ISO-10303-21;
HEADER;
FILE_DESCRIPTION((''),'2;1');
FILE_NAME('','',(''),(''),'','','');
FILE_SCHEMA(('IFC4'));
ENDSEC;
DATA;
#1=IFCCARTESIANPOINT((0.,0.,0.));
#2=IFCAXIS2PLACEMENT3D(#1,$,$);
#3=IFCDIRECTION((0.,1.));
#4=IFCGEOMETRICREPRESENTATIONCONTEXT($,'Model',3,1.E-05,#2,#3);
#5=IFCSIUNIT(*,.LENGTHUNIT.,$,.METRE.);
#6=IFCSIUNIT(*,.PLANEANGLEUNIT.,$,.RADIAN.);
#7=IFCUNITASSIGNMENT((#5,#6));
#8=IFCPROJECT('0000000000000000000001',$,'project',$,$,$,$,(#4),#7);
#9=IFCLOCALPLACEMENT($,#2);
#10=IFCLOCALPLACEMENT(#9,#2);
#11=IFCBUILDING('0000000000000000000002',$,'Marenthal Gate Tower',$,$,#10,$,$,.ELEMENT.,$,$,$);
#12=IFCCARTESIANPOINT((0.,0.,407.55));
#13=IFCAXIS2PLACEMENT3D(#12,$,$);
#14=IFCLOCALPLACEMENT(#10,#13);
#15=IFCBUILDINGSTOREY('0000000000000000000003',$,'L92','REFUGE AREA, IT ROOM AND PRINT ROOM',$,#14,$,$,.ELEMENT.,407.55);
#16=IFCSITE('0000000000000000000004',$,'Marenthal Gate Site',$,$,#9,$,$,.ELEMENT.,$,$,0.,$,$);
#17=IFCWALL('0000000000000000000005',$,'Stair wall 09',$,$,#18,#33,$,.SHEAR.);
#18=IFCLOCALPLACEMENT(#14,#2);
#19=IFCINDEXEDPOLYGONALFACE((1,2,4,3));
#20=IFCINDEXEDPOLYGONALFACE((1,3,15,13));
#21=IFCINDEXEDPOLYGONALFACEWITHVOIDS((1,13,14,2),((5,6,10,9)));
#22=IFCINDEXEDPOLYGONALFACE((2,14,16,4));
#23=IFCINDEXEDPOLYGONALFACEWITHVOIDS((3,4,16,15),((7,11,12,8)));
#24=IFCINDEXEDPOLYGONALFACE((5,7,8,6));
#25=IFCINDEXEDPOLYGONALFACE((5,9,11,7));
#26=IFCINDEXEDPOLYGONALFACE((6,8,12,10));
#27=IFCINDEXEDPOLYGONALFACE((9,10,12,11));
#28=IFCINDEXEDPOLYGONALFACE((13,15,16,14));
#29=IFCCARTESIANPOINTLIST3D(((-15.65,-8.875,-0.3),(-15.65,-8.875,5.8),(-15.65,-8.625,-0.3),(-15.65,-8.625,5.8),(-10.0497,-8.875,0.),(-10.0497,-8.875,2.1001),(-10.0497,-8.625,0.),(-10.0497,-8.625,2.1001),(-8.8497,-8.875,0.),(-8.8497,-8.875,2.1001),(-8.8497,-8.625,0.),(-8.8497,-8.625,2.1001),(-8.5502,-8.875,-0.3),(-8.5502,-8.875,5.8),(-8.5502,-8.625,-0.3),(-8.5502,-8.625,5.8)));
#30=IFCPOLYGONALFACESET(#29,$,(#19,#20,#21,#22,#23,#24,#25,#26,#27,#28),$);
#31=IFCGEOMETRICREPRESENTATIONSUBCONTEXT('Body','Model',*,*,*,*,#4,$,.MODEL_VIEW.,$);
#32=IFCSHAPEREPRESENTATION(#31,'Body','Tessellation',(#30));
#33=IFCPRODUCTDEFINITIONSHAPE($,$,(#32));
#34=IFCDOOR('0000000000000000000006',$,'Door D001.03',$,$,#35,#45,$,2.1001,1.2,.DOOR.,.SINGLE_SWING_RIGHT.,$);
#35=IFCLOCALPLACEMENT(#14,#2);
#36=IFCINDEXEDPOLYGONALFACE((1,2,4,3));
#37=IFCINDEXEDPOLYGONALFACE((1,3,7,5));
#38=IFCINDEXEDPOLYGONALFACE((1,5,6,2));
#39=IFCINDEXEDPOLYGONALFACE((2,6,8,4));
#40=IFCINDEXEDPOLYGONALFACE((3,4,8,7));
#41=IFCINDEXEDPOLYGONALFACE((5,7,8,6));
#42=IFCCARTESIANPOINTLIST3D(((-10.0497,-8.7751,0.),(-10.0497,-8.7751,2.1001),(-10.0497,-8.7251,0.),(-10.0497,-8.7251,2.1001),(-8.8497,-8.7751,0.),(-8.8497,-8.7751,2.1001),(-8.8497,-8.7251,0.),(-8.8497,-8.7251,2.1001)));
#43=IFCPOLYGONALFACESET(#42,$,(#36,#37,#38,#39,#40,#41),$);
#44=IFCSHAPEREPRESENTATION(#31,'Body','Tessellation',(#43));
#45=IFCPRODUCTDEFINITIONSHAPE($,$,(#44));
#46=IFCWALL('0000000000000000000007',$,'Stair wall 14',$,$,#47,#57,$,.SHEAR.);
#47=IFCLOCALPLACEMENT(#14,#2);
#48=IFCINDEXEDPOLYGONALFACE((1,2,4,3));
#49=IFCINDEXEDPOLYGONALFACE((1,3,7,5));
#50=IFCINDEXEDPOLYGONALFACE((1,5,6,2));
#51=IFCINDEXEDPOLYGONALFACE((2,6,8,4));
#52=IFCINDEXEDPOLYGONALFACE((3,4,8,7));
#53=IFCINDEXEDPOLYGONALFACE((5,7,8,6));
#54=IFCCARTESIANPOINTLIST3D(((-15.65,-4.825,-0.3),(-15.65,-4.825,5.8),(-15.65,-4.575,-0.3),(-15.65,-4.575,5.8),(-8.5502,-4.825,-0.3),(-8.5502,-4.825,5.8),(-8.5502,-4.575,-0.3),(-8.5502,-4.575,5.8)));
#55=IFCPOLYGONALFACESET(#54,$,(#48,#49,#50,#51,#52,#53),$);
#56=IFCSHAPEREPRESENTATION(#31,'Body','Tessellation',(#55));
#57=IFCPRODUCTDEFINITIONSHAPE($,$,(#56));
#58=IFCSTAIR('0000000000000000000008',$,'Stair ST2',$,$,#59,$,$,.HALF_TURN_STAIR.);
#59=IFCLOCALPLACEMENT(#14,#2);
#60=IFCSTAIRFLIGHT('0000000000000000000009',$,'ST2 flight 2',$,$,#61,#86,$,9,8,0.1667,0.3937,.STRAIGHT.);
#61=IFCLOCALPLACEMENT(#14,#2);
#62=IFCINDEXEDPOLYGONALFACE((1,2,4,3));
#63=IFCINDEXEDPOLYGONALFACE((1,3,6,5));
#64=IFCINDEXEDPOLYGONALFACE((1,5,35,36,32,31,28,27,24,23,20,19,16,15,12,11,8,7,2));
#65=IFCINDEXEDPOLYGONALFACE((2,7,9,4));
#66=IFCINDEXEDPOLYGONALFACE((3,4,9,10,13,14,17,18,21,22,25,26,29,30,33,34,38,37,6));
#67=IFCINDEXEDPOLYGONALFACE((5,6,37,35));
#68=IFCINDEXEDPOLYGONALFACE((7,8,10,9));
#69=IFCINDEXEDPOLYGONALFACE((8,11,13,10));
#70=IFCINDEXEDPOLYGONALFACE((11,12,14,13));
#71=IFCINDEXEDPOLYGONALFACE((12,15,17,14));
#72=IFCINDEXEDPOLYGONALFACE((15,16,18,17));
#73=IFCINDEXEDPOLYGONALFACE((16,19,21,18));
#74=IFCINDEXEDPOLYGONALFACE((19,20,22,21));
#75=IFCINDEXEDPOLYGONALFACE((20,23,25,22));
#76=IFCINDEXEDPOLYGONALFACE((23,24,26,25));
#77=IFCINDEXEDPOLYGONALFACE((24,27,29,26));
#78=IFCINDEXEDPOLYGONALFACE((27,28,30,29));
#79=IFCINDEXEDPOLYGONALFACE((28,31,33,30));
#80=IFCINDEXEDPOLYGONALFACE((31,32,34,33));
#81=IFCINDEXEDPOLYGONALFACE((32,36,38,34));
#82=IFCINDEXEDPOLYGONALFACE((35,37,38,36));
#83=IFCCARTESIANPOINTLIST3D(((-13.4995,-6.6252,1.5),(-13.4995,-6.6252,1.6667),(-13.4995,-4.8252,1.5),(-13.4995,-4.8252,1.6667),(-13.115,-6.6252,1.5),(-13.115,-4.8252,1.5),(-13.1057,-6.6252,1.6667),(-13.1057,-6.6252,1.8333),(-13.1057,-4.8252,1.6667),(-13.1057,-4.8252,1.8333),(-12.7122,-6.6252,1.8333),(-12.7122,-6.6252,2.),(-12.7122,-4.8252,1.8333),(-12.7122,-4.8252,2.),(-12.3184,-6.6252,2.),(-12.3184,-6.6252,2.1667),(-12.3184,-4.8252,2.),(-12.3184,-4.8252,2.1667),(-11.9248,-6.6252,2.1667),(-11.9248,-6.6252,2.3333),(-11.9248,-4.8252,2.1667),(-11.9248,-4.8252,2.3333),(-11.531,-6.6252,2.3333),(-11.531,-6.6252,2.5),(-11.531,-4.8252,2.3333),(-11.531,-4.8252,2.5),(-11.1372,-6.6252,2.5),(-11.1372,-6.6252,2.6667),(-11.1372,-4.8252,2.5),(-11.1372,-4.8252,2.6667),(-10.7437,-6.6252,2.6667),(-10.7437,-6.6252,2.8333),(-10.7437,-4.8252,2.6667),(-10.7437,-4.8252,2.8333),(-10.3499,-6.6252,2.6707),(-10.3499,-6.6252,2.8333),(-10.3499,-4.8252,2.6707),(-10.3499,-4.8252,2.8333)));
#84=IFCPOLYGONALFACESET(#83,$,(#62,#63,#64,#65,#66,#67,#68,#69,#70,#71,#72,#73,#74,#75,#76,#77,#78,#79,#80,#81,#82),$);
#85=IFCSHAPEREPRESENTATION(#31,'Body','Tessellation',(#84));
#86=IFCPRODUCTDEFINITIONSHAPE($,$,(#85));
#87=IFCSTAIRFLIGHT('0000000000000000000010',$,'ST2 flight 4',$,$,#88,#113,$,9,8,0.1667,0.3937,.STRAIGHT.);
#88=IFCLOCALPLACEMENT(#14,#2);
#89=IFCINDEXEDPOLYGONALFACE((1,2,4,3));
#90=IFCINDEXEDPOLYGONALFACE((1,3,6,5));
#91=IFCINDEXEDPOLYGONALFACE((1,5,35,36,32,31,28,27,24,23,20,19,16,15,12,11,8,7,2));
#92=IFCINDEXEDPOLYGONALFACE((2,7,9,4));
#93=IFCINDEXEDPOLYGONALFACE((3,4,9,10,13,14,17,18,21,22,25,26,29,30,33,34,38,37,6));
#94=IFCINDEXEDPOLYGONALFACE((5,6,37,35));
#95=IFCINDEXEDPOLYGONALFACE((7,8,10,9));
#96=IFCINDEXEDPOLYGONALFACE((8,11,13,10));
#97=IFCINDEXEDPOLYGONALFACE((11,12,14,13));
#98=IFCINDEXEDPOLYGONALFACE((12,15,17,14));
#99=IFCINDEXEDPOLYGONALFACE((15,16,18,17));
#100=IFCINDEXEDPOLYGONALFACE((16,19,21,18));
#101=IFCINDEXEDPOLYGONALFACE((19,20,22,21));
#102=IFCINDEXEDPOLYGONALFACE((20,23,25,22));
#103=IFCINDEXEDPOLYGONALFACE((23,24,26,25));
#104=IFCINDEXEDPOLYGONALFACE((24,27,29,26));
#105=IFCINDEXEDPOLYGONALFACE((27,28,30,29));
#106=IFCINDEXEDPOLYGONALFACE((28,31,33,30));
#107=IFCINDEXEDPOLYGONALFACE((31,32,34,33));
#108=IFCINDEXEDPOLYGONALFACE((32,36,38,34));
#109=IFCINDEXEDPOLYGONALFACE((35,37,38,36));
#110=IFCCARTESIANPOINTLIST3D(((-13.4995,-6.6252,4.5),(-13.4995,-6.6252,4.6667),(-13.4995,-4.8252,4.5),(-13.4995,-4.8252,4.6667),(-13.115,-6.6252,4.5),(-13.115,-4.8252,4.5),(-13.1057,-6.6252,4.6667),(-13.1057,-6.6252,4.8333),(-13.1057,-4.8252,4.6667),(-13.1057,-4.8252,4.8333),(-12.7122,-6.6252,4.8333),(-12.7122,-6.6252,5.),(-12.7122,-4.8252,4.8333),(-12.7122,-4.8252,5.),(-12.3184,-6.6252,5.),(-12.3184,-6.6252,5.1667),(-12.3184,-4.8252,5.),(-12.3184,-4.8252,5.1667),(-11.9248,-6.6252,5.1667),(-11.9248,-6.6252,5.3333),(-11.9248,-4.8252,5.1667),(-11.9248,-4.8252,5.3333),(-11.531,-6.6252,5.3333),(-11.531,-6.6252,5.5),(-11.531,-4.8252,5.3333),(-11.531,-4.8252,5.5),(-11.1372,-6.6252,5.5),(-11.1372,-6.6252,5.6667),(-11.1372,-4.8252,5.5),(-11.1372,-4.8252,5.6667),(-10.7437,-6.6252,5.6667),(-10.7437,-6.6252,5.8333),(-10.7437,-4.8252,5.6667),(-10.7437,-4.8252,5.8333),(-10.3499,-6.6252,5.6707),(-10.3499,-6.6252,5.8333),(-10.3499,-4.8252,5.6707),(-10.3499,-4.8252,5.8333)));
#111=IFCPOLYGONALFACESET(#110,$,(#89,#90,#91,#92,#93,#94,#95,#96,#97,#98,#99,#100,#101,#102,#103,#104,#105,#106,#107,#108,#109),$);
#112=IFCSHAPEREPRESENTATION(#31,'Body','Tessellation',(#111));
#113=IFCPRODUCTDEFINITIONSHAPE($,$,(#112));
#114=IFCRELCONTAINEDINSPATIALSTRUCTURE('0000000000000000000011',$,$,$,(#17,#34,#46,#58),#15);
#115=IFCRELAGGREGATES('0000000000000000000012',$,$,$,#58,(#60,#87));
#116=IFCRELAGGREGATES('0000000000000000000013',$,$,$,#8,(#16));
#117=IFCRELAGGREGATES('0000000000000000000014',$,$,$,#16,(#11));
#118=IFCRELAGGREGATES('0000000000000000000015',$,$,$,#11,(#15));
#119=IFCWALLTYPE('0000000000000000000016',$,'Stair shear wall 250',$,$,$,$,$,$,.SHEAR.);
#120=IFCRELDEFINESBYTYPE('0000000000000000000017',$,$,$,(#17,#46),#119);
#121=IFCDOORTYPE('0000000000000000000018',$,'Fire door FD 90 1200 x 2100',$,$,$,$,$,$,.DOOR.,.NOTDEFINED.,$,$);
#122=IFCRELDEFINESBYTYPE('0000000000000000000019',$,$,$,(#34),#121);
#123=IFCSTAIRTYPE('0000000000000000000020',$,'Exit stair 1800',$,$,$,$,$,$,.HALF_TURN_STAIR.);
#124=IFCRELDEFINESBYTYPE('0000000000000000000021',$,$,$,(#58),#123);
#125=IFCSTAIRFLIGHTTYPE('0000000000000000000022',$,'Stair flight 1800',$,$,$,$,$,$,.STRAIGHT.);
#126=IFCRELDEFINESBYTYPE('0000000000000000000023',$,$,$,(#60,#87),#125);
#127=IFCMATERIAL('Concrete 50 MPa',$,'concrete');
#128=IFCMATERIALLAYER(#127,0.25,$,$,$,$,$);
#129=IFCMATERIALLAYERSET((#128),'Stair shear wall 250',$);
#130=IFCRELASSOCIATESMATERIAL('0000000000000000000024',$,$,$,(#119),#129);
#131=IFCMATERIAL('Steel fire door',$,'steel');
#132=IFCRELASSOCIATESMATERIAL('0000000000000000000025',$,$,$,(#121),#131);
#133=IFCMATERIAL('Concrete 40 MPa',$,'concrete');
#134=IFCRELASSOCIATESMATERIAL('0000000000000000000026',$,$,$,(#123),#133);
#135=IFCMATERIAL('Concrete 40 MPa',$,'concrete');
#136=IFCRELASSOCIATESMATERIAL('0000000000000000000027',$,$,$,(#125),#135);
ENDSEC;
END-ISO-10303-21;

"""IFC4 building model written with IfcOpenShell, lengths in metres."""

from ifc_helpers import new_model, si_unit, direction, frame, frame_2d, origin, place, context, subcontext, project, spatial, polyline, rectangle, outline, extrude, material, layer, layer_set, type_object, element, fill, aggregate, save


model = new_model("IFC4")

# Units and contexts
model_context = context("Model", 3, precision=1e-05, world=origin(), true_north=direction((0.0, 1.0)))
body_context = subcontext(model_context, "Body", "Model", "MODEL_VIEW")
ifc_project = project(units=[si_unit("LENGTHUNIT", "METRE"), si_unit("PLANEANGLEUNIT", "RADIAN")], contexts=[model_context])

# Site, building, storey
site_placement = place(None, origin())
site = spatial("IfcSite", under=ifc_project, at=site_placement, Name="Marenthal Gate Site", CompositionType="ELEMENT", RefElevation=0.0)
building_placement = place(site_placement, origin())
building = spatial("IfcBuilding", under=site, at=building_placement, Name="Marenthal Gate Tower", CompositionType="ELEMENT")
storey_placement = place(building_placement, frame((0.0, 0.0, 407.55)))
storey = spatial("IfcBuildingStorey", under=building, at=storey_placement, Name="L92", Description="REFUGE AREA, IT ROOM AND PRINT ROOM", CompositionType="ELEMENT", Elevation=407.55)

# Wall, opening, door
ifc_material_1 = material(Name="Concrete 50 MPa", Category="concrete")
ifc_layer_1 = layer(ifc_material_1, 0.25)
ifc_layer_set_1 = layer_set([ifc_layer_1], Name="Stair shear wall 250")
wall_type_1 = type_object("IfcWallType", Name="Stair shear wall 250", PredefinedType="SHEAR", material=ifc_layer_set_1)
wall_1_placement = place(storey_placement, frame((-15.6499, -8.75, -0.3), z_axis=(0.0, 0.0, 1.0), x_axis=(1.0, 0.0, 0.0)))
wall_1 = element("IfcWall", 1, at=wall_1_placement, inside=storey, type_object=wall_type_1, Name="Stair wall 09", PredefinedType="SHEAR", context=body_context, shape_type="SweptSolid", body=[
    extrude(rectangle(XDim=7.0999, YDim=0.25, at=frame_2d((3.5498, 0.0))), origin(), (0.0, 0.0, 1.0), 6.1001),
])
opening_1_placement = place(wall_1_placement, frame((5.6001, 0.0, 0.3)))
opening_1 = element("IfcOpeningElement", 2, at=opening_1_placement, cuts=wall_1, PredefinedType="OPENING", context=body_context, shape_type="SweptSolid", body=[
    extrude(rectangle(XDim=1.2, YDim=2.1001, at=frame_2d((0.6001, 1.05))), frame((0.0, 0.135, 0.0), z_axis=(0.0, -1.0, 0.0), x_axis=(1.0, 0.0, 0.0)), (0.0, 0.0, 1.0), 0.27),
])
ifc_material_2 = material(Name="Steel fire door", Category="steel")
door_type_1 = type_object("IfcDoorType", Name="Fire door FD 90 1200 x 2100", OperationType="NOTDEFINED", PredefinedType="DOOR", material=ifc_material_2)
door_1_placement = place(opening_1_placement, origin())
door_1 = element("IfcDoor", 3, at=door_1_placement, inside=storey, type_object=door_type_1, Name="Door D001.03", OperationType="SINGLE_SWING_RIGHT", OverallHeight=2.1001, OverallWidth=1.2, PredefinedType="DOOR", context=body_context, shape_type="SweptSolid", body=[
    extrude(rectangle(XDim=1.2, YDim=2.1001, at=frame_2d((0.6001, 1.05))), frame((0.0, 0.0249, 0.0), z_axis=(0.0, -1.0, 0.0), x_axis=(1.0, 0.0, 0.0)), (0.0, 0.0, 1.0), 0.05),
])
fill(opening_1, door_1)

# Wall
wall_2_placement = place(storey_placement, frame((-15.6499, -4.7, -0.3), z_axis=(0.0, 0.0, 1.0), x_axis=(1.0, 0.0, 0.0)))
element("IfcWall", 4, at=wall_2_placement, inside=storey, type_object=wall_type_1, Name="Stair wall 14", PredefinedType="SHEAR", context=body_context, shape_type="SweptSolid", body=[
    extrude(rectangle(XDim=7.0999, YDim=0.25, at=frame_2d((3.5498, 0.0))), origin(), (0.0, 0.0, 1.0), 6.1001),
])

# Stair, stair flights
ifc_material_3 = material(Name="Concrete 40 MPa", Category="concrete")
stair_type = type_object("IfcStairType", Name="Exit stair 1800", PredefinedType="HALF_TURN_STAIR", material=ifc_material_3)
stair_placement = place(storey_placement, origin())
stair = element("IfcStair", 5, at=stair_placement, inside=storey, type_object=stair_type, Name="Stair ST2", PredefinedType="HALF_TURN_STAIR")
ifc_material_4 = material(Name="Concrete 40 MPa", Category="concrete")
stair_flight_type = type_object("IfcStairFlightType", Name="Stair flight 1800", PredefinedType="STRAIGHT", material=ifc_material_4)
stair_flight_1_placement = place(storey_placement, frame((-13.4995, -5.7251, 1.5), z_axis=(0.0, 0.0, 1.0), x_axis=(1.0, 0.0, 0.0)))
stair_flight_1 = element("IfcStairFlight", 6, at=stair_flight_1_placement, type_object=stair_flight_type, Name="ST2 flight 2", NumberOfRisers=9, NumberOfTreads=8, PredefinedType="STRAIGHT", RiserHeight=0.1667, TreadLength=0.3937, context=body_context, shape_type="SweptSolid", body=[
    extrude(outline(polyline([(0.0, 0.0), (0.0, 0.1667), (0.3938, 0.1667), (0.3938, 0.3333), (0.7874, 0.3333), (0.7874, 0.5), (1.1812, 0.5), (1.1812, 0.6667), (1.5747, 0.6667), (1.5747, 0.8333), (1.9685, 0.8333), (1.9685, 1.0), (2.3623, 1.0), (2.3623, 1.1667), (2.7559, 1.1667), (2.7559, 1.3333), (3.1497, 1.3333), (3.1497, 1.5), (3.1497, 1.1707), (0.3845, 0.0), (0.0, 0.0)])), frame((0.0, 0.8999, 0.0), z_axis=(0.0, -1.0, 0.0), x_axis=(1.0, 0.0, 0.0)), (0.0, 0.0, 1.0), 1.8),
])
stair_flight_2_placement = place(storey_placement, frame((-13.4995, -5.7251, 4.5), z_axis=(0.0, 0.0, 1.0), x_axis=(1.0, 0.0, 0.0)))
stair_flight_2 = element("IfcStairFlight", 7, at=stair_flight_2_placement, type_object=stair_flight_type, Name="ST2 flight 4", NumberOfRisers=9, NumberOfTreads=8, PredefinedType="STRAIGHT", RiserHeight=0.1667, TreadLength=0.3937, context=body_context, shape_type="SweptSolid", body=[
    extrude(outline(polyline([(0.0, 0.0), (0.0, 0.1667), (0.3938, 0.1667), (0.3938, 0.3333), (0.7874, 0.3333), (0.7874, 0.5), (1.1812, 0.5), (1.1812, 0.6667), (1.5747, 0.6667), (1.5747, 0.8333), (1.9685, 0.8333), (1.9685, 1.0), (2.3623, 1.0), (2.3623, 1.1667), (2.7559, 1.1667), (2.7559, 1.3333), (3.1497, 1.3333), (3.1497, 1.5), (3.1497, 1.1707), (0.3845, 0.0), (0.0, 0.0)])), frame((0.0, 0.8999, 0.0), z_axis=(0.0, -1.0, 0.0), x_axis=(1.0, 0.0, 0.0)), (0.0, 0.0, 1.0), 1.8),
])
aggregate(stair, [stair_flight_1, stair_flight_2])

save(model, "model.ifc")
